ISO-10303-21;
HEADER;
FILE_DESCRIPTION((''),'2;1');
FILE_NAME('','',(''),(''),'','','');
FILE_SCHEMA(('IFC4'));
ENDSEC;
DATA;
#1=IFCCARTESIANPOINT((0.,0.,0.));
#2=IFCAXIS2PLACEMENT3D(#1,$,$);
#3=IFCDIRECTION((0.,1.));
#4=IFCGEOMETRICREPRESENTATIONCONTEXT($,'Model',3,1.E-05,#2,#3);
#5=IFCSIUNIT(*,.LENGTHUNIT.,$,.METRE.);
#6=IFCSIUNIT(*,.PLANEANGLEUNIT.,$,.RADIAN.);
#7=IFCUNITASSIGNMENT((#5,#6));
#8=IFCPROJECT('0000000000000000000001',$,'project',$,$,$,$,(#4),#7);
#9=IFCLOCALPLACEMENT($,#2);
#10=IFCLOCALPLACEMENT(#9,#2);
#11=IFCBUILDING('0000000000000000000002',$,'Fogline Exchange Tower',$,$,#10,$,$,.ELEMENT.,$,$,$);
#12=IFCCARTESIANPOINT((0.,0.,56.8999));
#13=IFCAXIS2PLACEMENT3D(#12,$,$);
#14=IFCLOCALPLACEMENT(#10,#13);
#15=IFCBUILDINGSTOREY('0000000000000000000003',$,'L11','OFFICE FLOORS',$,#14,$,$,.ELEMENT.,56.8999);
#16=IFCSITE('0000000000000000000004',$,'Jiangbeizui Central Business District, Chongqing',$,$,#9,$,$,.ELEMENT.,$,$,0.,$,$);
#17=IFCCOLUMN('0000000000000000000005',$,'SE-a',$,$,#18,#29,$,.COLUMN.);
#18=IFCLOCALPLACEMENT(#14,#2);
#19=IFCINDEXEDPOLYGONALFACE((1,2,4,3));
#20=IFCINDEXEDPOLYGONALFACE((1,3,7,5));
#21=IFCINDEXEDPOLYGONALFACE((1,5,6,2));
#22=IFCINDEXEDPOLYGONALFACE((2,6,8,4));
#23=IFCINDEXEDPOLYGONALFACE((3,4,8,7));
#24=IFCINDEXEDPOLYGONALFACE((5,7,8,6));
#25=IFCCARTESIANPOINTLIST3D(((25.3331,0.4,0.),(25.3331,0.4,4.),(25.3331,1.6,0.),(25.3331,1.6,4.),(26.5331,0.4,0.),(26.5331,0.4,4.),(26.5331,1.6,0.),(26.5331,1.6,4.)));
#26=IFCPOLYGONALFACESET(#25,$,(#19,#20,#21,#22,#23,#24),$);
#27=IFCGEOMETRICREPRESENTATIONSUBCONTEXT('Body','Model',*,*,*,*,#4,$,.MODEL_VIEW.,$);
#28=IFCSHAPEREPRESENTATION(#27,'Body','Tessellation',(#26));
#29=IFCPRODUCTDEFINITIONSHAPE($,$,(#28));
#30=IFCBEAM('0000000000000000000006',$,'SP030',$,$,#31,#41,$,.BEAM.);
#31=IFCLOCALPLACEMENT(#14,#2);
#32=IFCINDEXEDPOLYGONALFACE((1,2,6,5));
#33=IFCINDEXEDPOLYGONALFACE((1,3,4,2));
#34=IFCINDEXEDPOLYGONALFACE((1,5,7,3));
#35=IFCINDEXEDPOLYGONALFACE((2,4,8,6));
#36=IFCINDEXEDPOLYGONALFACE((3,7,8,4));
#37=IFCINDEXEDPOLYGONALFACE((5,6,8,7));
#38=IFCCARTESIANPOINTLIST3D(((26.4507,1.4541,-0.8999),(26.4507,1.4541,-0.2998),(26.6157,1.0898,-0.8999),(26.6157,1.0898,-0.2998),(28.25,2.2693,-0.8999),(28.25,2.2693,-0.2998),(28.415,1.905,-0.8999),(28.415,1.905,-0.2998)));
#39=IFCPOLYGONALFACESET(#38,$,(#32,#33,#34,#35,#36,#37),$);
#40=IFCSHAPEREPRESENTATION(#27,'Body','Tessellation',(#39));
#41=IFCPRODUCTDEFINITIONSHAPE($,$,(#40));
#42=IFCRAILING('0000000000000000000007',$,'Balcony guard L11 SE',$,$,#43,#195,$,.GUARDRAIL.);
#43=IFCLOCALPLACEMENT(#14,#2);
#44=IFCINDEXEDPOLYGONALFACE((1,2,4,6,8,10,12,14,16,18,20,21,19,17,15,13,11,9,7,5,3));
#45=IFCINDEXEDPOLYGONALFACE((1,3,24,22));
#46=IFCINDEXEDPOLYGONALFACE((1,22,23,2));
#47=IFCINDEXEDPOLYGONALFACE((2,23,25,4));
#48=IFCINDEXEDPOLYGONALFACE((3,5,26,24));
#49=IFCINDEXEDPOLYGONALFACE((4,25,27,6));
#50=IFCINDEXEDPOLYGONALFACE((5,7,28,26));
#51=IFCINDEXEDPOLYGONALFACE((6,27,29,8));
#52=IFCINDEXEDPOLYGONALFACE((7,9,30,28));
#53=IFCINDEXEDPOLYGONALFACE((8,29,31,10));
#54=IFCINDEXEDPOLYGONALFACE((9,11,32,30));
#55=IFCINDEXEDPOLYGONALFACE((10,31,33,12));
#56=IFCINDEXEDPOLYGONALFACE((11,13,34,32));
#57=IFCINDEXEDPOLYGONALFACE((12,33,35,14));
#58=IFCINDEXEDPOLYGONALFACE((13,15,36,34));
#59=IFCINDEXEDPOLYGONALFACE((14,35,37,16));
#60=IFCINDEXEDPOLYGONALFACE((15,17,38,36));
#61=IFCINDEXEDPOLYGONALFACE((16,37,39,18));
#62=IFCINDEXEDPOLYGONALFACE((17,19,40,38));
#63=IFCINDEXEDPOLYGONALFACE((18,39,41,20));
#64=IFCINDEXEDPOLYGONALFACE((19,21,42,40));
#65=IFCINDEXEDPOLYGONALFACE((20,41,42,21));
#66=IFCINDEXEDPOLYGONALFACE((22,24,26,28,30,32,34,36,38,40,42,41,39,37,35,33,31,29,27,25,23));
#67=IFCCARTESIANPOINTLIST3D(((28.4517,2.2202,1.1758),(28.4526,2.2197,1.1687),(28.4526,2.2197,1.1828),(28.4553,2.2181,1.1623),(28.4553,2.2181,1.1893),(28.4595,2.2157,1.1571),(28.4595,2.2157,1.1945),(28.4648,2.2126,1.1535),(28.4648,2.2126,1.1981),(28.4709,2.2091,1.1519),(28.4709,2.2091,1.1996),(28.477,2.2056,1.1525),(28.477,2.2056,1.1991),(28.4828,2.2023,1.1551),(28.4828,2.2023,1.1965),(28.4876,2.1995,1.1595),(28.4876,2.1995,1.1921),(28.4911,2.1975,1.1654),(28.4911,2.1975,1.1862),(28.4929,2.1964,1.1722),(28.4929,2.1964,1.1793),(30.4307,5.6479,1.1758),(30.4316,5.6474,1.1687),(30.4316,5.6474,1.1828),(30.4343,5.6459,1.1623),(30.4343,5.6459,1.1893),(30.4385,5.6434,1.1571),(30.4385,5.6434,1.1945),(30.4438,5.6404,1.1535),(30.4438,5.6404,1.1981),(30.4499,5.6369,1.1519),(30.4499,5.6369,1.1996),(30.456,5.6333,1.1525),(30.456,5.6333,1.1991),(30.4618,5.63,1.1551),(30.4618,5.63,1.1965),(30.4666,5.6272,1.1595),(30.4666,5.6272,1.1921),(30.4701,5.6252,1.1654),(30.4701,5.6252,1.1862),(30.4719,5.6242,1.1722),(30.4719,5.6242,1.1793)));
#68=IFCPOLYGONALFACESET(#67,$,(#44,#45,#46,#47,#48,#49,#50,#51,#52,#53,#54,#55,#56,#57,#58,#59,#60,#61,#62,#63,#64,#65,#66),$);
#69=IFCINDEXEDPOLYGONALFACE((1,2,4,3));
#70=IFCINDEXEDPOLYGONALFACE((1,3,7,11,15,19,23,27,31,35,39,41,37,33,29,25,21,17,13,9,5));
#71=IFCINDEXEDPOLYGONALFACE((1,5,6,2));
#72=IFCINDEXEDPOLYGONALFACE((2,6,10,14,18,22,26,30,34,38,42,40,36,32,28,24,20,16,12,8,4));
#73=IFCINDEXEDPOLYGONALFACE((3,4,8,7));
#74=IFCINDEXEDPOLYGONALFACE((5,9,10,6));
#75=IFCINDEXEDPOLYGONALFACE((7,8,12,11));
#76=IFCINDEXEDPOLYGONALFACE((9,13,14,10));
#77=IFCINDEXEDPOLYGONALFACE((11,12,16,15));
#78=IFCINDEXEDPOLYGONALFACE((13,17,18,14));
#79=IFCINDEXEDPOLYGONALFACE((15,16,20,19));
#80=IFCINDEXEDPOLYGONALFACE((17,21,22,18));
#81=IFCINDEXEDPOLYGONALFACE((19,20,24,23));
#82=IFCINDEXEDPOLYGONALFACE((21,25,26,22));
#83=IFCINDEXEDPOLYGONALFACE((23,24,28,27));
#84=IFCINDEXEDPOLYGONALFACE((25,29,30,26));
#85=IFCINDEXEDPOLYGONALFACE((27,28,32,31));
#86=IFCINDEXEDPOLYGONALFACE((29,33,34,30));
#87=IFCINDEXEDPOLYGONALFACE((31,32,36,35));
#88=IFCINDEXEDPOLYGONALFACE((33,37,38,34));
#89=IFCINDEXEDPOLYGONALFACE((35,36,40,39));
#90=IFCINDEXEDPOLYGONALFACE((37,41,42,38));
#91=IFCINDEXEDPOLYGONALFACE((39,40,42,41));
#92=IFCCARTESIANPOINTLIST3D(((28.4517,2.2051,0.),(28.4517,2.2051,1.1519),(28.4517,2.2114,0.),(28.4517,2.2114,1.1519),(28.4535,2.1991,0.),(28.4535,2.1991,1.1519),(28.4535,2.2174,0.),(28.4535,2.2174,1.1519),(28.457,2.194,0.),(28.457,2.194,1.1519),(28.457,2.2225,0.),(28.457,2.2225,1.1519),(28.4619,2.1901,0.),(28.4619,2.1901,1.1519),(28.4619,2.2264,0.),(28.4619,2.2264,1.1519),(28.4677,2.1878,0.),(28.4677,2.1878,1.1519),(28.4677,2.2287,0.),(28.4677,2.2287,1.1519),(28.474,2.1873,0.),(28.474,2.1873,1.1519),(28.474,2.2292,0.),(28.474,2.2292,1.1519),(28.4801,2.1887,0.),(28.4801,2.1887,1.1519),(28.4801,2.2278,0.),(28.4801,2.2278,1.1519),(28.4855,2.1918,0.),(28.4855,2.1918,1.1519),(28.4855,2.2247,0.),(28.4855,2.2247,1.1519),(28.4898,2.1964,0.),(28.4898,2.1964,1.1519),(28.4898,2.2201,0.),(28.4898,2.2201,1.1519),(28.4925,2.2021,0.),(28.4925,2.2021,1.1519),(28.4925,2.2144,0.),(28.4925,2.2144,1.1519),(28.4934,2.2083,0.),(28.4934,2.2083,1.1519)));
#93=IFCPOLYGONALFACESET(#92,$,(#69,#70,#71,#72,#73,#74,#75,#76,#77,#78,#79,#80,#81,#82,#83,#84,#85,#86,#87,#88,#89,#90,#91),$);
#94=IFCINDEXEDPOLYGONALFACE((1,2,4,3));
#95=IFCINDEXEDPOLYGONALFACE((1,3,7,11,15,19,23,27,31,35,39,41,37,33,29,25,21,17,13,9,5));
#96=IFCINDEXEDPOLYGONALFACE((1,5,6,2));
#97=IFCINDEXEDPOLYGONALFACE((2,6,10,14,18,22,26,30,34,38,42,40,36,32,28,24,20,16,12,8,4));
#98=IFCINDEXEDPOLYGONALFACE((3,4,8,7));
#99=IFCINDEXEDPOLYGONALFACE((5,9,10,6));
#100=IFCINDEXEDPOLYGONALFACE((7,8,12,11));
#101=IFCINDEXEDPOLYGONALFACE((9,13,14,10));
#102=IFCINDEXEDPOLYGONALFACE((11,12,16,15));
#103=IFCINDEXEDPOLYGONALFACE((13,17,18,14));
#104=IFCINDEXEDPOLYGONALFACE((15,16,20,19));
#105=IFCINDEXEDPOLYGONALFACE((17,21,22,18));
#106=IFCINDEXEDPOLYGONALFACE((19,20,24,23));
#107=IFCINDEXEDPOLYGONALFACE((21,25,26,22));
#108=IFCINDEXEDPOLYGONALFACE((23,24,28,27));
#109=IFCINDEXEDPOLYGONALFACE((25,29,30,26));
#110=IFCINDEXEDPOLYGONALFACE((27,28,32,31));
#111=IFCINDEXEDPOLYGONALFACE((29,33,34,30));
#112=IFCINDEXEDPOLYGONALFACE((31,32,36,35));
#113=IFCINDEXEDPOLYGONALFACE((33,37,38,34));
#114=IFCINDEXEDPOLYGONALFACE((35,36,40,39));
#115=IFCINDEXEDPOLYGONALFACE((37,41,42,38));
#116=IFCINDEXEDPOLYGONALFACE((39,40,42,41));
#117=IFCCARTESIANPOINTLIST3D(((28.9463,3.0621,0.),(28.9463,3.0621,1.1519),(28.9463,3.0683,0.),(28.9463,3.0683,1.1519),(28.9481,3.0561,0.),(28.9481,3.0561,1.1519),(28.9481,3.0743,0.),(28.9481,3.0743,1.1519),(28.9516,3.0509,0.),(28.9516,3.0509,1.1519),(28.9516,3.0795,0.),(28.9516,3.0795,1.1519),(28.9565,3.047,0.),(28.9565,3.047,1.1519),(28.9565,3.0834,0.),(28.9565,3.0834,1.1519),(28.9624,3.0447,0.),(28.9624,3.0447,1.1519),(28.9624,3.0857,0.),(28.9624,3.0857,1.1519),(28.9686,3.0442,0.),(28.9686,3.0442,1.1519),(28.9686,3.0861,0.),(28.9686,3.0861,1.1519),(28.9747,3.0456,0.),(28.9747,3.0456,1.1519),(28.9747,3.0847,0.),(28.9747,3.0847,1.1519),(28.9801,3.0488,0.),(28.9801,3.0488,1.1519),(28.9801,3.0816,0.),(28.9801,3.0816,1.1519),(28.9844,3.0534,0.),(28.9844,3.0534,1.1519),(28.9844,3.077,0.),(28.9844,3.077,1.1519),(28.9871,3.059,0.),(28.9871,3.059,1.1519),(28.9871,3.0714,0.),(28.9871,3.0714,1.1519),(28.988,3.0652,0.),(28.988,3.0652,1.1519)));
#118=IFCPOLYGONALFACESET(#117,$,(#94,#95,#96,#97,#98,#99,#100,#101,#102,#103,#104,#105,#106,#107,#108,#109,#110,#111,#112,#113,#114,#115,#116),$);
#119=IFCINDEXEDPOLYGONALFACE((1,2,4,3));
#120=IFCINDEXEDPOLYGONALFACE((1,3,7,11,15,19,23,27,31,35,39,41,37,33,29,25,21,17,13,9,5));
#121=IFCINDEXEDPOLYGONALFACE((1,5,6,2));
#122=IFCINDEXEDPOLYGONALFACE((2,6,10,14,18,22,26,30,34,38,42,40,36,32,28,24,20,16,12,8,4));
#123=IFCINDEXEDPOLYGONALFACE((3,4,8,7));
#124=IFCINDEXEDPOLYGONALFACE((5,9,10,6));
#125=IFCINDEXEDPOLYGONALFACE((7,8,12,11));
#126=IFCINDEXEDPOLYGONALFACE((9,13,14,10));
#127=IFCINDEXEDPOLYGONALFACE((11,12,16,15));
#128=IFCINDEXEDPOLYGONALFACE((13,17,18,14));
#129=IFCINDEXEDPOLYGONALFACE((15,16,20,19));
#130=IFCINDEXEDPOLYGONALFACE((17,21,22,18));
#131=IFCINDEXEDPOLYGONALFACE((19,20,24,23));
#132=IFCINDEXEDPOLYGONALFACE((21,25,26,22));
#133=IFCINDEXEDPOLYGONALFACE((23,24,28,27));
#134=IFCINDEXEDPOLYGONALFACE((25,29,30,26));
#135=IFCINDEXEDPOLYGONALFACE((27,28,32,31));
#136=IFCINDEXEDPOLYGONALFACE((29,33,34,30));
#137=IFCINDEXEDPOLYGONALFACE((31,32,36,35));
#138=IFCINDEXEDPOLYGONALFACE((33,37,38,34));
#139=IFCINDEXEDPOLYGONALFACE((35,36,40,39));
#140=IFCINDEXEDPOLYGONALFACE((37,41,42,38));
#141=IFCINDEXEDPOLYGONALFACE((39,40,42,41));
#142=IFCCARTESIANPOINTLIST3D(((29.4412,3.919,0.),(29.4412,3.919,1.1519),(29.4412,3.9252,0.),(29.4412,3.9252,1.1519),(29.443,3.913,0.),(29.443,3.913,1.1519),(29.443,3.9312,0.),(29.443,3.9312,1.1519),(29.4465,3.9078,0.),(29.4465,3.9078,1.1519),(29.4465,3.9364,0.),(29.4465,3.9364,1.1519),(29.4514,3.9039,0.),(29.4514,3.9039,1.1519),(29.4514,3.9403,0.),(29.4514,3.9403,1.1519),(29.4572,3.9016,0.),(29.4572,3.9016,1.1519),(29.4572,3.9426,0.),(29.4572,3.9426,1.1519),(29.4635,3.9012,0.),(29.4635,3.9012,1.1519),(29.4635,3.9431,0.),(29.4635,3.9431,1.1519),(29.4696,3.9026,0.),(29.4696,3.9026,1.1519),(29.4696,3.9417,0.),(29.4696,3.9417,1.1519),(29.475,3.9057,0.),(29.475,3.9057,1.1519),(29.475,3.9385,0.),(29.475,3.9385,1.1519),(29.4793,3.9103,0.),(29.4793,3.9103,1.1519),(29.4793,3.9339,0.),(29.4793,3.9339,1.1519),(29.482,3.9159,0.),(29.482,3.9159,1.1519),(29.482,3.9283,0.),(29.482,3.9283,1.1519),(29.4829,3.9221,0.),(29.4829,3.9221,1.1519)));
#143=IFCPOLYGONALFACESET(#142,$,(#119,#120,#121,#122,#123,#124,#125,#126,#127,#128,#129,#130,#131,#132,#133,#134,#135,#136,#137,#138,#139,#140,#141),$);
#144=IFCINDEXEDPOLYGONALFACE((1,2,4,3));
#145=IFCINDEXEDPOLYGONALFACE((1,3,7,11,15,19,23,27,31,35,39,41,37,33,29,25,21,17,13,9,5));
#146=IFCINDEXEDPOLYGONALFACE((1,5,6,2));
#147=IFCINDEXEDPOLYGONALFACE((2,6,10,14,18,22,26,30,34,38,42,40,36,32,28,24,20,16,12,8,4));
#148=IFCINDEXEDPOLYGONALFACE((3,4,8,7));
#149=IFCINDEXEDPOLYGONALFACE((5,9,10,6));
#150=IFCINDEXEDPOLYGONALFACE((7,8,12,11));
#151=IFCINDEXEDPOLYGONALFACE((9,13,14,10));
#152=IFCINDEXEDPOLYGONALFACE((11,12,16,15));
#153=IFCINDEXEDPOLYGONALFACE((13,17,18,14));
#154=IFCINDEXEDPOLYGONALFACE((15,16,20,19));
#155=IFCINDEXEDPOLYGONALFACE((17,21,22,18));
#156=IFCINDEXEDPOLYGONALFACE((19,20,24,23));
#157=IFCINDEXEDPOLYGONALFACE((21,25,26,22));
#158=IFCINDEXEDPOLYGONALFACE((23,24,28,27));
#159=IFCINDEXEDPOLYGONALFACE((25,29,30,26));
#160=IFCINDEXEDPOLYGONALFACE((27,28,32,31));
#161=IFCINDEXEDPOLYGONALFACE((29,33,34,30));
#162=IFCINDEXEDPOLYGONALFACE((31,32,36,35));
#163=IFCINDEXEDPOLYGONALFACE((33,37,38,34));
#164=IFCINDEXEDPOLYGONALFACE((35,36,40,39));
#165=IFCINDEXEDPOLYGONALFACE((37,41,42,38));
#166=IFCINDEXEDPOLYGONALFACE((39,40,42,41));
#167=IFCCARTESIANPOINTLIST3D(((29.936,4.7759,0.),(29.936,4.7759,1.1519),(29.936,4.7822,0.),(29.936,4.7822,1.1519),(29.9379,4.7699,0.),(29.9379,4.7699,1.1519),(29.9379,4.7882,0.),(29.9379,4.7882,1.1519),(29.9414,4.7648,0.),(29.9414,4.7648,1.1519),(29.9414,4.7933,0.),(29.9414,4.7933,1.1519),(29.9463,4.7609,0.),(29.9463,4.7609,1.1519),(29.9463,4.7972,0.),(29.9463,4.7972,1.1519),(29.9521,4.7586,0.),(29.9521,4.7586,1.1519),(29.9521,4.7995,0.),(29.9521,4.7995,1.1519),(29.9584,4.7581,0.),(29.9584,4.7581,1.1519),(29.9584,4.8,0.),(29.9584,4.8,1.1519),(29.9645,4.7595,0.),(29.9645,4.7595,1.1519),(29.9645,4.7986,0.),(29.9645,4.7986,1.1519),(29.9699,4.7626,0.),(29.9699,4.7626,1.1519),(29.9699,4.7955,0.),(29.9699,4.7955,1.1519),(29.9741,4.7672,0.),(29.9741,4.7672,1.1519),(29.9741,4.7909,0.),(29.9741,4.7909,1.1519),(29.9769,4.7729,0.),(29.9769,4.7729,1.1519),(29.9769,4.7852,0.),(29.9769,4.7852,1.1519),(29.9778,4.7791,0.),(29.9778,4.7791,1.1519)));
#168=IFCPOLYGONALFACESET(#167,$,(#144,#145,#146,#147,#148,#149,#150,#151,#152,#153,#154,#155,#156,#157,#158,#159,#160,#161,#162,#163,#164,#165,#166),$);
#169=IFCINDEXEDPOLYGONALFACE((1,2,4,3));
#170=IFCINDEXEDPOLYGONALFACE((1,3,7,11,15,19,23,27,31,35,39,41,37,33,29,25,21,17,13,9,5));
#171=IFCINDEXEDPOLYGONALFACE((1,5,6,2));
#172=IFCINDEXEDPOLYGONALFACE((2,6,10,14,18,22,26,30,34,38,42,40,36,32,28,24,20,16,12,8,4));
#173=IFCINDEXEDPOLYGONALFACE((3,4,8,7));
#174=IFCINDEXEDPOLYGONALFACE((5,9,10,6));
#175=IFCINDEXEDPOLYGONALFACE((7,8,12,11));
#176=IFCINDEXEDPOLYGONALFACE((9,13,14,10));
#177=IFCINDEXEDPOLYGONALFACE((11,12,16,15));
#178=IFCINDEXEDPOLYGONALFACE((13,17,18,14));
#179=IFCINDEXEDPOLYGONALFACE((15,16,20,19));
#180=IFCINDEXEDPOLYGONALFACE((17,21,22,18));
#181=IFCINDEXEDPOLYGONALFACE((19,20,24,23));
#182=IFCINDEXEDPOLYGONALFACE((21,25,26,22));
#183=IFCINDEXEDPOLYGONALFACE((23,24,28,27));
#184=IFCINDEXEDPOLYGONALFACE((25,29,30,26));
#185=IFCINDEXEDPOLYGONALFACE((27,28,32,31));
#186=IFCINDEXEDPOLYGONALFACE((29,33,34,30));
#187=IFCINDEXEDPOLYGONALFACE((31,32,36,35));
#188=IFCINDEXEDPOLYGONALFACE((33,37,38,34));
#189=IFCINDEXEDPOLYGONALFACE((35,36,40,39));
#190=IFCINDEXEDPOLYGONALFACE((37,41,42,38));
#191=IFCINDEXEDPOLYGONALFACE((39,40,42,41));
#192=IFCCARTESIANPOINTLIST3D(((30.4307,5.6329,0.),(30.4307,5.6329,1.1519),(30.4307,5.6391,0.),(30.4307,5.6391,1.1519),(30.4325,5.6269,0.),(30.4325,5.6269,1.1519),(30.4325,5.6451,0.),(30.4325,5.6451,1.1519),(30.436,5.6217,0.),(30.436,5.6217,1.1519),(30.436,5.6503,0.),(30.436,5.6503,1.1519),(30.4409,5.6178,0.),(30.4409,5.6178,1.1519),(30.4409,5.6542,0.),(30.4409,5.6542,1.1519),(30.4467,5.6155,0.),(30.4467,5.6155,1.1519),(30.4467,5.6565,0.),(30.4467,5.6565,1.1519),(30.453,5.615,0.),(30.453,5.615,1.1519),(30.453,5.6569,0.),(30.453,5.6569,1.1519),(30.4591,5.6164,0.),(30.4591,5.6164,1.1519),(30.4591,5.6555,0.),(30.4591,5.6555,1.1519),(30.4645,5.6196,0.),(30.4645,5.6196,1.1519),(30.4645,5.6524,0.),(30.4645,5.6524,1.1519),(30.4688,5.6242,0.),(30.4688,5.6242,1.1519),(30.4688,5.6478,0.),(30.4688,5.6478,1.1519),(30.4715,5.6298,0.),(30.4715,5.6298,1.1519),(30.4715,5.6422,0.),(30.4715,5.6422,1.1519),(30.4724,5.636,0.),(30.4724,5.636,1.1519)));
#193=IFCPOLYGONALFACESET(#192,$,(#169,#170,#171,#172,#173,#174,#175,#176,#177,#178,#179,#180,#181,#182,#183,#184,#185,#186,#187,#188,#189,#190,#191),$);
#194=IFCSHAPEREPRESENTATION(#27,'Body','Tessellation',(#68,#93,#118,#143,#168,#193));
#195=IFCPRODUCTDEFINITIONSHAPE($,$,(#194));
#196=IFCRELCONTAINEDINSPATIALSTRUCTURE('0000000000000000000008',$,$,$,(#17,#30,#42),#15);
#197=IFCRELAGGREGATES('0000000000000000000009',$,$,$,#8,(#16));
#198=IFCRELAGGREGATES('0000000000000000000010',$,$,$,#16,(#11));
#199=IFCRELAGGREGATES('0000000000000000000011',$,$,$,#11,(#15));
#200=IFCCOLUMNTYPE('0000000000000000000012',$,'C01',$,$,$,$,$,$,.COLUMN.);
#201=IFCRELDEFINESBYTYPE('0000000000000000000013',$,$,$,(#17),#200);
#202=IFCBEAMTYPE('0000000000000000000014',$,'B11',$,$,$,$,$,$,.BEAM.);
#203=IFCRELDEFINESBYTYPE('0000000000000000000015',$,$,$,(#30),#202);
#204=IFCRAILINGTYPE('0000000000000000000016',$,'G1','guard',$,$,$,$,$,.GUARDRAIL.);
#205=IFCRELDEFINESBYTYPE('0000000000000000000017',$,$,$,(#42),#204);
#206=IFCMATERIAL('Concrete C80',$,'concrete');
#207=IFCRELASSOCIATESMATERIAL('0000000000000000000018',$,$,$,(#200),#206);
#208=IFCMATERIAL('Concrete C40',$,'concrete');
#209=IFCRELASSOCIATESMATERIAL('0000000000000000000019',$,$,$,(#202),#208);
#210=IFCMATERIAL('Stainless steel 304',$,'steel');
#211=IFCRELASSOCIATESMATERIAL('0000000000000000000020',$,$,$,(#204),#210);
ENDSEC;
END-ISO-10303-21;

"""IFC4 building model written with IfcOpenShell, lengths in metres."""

from ifc_helpers import new_model, si_unit, direction, frame, origin, origin_2d, place, context, subcontext, project, spatial, rectangle, circle, extrude, material, material_profile, profile_set, type_object, element, save


model = new_model("IFC4")

# Units and contexts
model_context = context("Model", 3, precision=1e-05, world=origin(), true_north=direction((0.0, 1.0)))
body_context = subcontext(model_context, "Body", "Model", "MODEL_VIEW")
ifc_project = project(units=[si_unit("LENGTHUNIT", "METRE"), si_unit("PLANEANGLEUNIT", "RADIAN")], contexts=[model_context])

# Site, building, storey
site_placement = place(None, origin())
site = spatial("IfcSite", under=ifc_project, at=site_placement, Name="Jiangbeizui Central Business District, Chongqing", CompositionType="ELEMENT", RefElevation=0.0)
building_placement = place(site_placement, origin())
building = spatial("IfcBuilding", under=site, at=building_placement, Name="Fogline Exchange Tower", CompositionType="ELEMENT")
storey_placement = place(building_placement, frame((0.0, 0.0, 56.8999)))
storey = spatial("IfcBuildingStorey", under=building, at=storey_placement, Name="L11", Description="OFFICE FLOORS", CompositionType="ELEMENT", Elevation=56.8999)

# Column
ifc_material_1 = material(Name="Concrete C80", Category="concrete")
ifc_material_profile_1 = material_profile(ifc_material_1, rectangle(XDim=1.2, YDim=1.2, at=origin_2d()), Name="RC 1200x1200")
ifc_profile_set_1 = profile_set([ifc_material_profile_1], Name="Concrete C80")
column_type = type_object("IfcColumnType", Name="C01", PredefinedType="COLUMN", material=ifc_profile_set_1)
column_placement = place(storey_placement, frame((25.9331, 1.0, 0.0), z_axis=(0.0, 0.0, 1.0), x_axis=(1.0, 0.0, 0.0)))
element("IfcColumn", 1, at=column_placement, inside=storey, type_object=column_type, Name="SE-a", PredefinedType="COLUMN", context=body_context, shape_type="SweptSolid", body=[
    extrude(rectangle(XDim=1.2, YDim=1.2, at=origin_2d()), origin(), (0.0, 0.0, 1.0), 4.0),
])

# Beam
ifc_material_2 = material(Name="Concrete C40", Category="concrete")
ifc_material_profile_2 = material_profile(ifc_material_2, rectangle(XDim=0.3999, YDim=0.6001, at=origin_2d()), Name="RC 400x600")
ifc_profile_set_2 = profile_set([ifc_material_profile_2], Name="Concrete C40")
beam_type = type_object("IfcBeamType", Name="B11", PredefinedType="BEAM", material=ifc_profile_set_2)
beam_placement = place(storey_placement, frame((26.5332, 1.272, -0.5999), z_axis=(0.910878, 0.412676, 0.0), x_axis=(-0.412676, 0.910878, 0.0)))
element("IfcBeam", 2, at=beam_placement, inside=storey, type_object=beam_type, Name="SP030", PredefinedType="BEAM", context=body_context, shape_type="SweptSolid", body=[
    extrude(rectangle(XDim=0.3999, YDim=0.6001, at=origin_2d()), origin(), (0.0, 0.0, 1.0), 1.9753),
])

# Railing
ifc_material_3 = material(Name="Stainless steel 304", Category="steel")
railing_type = type_object("IfcRailingType", Name="G1", Description="guard", PredefinedType="GUARDRAIL", material=ifc_material_3)
railing_placement = place(storey_placement, frame((28.4724, 2.2083, 0.0)))
element("IfcRailing", 3, at=railing_placement, inside=storey, type_object=railing_type, Name="Balcony guard L11 SE", PredefinedType="GUARDRAIL", context=body_context, shape_type="SweptSolid", body=[
    extrude(circle(Radius=0.0239, at=origin_2d()), frame((0.0, 0.0, 1.1758), z_axis=(0.5, 0.866025, 0.0), x_axis=(-0.866025, 0.5, 0.0)), (0.0, 0.0, 1.0), 3.958),
    extrude(circle(Radius=0.021, at=origin_2d()), origin(), (0.0, 0.0, 1.0), 1.1519),
    extrude(circle(Radius=0.021, at=origin_2d()), frame((0.4946, 0.8569, 0.0)), (0.0, 0.0, 1.0), 1.1519),
    extrude(circle(Radius=0.021, at=origin_2d()), frame((0.9895, 1.7139, 0.0)), (0.0, 0.0, 1.0), 1.1519),
    extrude(circle(Radius=0.021, at=origin_2d()), frame((1.4844, 2.5708, 0.0)), (0.0, 0.0, 1.0), 1.1519),
    extrude(circle(Radius=0.021, at=origin_2d()), frame((1.979, 3.4277, 0.0)), (0.0, 0.0, 1.0), 1.1519),
])

save(model, "model.ifc")
